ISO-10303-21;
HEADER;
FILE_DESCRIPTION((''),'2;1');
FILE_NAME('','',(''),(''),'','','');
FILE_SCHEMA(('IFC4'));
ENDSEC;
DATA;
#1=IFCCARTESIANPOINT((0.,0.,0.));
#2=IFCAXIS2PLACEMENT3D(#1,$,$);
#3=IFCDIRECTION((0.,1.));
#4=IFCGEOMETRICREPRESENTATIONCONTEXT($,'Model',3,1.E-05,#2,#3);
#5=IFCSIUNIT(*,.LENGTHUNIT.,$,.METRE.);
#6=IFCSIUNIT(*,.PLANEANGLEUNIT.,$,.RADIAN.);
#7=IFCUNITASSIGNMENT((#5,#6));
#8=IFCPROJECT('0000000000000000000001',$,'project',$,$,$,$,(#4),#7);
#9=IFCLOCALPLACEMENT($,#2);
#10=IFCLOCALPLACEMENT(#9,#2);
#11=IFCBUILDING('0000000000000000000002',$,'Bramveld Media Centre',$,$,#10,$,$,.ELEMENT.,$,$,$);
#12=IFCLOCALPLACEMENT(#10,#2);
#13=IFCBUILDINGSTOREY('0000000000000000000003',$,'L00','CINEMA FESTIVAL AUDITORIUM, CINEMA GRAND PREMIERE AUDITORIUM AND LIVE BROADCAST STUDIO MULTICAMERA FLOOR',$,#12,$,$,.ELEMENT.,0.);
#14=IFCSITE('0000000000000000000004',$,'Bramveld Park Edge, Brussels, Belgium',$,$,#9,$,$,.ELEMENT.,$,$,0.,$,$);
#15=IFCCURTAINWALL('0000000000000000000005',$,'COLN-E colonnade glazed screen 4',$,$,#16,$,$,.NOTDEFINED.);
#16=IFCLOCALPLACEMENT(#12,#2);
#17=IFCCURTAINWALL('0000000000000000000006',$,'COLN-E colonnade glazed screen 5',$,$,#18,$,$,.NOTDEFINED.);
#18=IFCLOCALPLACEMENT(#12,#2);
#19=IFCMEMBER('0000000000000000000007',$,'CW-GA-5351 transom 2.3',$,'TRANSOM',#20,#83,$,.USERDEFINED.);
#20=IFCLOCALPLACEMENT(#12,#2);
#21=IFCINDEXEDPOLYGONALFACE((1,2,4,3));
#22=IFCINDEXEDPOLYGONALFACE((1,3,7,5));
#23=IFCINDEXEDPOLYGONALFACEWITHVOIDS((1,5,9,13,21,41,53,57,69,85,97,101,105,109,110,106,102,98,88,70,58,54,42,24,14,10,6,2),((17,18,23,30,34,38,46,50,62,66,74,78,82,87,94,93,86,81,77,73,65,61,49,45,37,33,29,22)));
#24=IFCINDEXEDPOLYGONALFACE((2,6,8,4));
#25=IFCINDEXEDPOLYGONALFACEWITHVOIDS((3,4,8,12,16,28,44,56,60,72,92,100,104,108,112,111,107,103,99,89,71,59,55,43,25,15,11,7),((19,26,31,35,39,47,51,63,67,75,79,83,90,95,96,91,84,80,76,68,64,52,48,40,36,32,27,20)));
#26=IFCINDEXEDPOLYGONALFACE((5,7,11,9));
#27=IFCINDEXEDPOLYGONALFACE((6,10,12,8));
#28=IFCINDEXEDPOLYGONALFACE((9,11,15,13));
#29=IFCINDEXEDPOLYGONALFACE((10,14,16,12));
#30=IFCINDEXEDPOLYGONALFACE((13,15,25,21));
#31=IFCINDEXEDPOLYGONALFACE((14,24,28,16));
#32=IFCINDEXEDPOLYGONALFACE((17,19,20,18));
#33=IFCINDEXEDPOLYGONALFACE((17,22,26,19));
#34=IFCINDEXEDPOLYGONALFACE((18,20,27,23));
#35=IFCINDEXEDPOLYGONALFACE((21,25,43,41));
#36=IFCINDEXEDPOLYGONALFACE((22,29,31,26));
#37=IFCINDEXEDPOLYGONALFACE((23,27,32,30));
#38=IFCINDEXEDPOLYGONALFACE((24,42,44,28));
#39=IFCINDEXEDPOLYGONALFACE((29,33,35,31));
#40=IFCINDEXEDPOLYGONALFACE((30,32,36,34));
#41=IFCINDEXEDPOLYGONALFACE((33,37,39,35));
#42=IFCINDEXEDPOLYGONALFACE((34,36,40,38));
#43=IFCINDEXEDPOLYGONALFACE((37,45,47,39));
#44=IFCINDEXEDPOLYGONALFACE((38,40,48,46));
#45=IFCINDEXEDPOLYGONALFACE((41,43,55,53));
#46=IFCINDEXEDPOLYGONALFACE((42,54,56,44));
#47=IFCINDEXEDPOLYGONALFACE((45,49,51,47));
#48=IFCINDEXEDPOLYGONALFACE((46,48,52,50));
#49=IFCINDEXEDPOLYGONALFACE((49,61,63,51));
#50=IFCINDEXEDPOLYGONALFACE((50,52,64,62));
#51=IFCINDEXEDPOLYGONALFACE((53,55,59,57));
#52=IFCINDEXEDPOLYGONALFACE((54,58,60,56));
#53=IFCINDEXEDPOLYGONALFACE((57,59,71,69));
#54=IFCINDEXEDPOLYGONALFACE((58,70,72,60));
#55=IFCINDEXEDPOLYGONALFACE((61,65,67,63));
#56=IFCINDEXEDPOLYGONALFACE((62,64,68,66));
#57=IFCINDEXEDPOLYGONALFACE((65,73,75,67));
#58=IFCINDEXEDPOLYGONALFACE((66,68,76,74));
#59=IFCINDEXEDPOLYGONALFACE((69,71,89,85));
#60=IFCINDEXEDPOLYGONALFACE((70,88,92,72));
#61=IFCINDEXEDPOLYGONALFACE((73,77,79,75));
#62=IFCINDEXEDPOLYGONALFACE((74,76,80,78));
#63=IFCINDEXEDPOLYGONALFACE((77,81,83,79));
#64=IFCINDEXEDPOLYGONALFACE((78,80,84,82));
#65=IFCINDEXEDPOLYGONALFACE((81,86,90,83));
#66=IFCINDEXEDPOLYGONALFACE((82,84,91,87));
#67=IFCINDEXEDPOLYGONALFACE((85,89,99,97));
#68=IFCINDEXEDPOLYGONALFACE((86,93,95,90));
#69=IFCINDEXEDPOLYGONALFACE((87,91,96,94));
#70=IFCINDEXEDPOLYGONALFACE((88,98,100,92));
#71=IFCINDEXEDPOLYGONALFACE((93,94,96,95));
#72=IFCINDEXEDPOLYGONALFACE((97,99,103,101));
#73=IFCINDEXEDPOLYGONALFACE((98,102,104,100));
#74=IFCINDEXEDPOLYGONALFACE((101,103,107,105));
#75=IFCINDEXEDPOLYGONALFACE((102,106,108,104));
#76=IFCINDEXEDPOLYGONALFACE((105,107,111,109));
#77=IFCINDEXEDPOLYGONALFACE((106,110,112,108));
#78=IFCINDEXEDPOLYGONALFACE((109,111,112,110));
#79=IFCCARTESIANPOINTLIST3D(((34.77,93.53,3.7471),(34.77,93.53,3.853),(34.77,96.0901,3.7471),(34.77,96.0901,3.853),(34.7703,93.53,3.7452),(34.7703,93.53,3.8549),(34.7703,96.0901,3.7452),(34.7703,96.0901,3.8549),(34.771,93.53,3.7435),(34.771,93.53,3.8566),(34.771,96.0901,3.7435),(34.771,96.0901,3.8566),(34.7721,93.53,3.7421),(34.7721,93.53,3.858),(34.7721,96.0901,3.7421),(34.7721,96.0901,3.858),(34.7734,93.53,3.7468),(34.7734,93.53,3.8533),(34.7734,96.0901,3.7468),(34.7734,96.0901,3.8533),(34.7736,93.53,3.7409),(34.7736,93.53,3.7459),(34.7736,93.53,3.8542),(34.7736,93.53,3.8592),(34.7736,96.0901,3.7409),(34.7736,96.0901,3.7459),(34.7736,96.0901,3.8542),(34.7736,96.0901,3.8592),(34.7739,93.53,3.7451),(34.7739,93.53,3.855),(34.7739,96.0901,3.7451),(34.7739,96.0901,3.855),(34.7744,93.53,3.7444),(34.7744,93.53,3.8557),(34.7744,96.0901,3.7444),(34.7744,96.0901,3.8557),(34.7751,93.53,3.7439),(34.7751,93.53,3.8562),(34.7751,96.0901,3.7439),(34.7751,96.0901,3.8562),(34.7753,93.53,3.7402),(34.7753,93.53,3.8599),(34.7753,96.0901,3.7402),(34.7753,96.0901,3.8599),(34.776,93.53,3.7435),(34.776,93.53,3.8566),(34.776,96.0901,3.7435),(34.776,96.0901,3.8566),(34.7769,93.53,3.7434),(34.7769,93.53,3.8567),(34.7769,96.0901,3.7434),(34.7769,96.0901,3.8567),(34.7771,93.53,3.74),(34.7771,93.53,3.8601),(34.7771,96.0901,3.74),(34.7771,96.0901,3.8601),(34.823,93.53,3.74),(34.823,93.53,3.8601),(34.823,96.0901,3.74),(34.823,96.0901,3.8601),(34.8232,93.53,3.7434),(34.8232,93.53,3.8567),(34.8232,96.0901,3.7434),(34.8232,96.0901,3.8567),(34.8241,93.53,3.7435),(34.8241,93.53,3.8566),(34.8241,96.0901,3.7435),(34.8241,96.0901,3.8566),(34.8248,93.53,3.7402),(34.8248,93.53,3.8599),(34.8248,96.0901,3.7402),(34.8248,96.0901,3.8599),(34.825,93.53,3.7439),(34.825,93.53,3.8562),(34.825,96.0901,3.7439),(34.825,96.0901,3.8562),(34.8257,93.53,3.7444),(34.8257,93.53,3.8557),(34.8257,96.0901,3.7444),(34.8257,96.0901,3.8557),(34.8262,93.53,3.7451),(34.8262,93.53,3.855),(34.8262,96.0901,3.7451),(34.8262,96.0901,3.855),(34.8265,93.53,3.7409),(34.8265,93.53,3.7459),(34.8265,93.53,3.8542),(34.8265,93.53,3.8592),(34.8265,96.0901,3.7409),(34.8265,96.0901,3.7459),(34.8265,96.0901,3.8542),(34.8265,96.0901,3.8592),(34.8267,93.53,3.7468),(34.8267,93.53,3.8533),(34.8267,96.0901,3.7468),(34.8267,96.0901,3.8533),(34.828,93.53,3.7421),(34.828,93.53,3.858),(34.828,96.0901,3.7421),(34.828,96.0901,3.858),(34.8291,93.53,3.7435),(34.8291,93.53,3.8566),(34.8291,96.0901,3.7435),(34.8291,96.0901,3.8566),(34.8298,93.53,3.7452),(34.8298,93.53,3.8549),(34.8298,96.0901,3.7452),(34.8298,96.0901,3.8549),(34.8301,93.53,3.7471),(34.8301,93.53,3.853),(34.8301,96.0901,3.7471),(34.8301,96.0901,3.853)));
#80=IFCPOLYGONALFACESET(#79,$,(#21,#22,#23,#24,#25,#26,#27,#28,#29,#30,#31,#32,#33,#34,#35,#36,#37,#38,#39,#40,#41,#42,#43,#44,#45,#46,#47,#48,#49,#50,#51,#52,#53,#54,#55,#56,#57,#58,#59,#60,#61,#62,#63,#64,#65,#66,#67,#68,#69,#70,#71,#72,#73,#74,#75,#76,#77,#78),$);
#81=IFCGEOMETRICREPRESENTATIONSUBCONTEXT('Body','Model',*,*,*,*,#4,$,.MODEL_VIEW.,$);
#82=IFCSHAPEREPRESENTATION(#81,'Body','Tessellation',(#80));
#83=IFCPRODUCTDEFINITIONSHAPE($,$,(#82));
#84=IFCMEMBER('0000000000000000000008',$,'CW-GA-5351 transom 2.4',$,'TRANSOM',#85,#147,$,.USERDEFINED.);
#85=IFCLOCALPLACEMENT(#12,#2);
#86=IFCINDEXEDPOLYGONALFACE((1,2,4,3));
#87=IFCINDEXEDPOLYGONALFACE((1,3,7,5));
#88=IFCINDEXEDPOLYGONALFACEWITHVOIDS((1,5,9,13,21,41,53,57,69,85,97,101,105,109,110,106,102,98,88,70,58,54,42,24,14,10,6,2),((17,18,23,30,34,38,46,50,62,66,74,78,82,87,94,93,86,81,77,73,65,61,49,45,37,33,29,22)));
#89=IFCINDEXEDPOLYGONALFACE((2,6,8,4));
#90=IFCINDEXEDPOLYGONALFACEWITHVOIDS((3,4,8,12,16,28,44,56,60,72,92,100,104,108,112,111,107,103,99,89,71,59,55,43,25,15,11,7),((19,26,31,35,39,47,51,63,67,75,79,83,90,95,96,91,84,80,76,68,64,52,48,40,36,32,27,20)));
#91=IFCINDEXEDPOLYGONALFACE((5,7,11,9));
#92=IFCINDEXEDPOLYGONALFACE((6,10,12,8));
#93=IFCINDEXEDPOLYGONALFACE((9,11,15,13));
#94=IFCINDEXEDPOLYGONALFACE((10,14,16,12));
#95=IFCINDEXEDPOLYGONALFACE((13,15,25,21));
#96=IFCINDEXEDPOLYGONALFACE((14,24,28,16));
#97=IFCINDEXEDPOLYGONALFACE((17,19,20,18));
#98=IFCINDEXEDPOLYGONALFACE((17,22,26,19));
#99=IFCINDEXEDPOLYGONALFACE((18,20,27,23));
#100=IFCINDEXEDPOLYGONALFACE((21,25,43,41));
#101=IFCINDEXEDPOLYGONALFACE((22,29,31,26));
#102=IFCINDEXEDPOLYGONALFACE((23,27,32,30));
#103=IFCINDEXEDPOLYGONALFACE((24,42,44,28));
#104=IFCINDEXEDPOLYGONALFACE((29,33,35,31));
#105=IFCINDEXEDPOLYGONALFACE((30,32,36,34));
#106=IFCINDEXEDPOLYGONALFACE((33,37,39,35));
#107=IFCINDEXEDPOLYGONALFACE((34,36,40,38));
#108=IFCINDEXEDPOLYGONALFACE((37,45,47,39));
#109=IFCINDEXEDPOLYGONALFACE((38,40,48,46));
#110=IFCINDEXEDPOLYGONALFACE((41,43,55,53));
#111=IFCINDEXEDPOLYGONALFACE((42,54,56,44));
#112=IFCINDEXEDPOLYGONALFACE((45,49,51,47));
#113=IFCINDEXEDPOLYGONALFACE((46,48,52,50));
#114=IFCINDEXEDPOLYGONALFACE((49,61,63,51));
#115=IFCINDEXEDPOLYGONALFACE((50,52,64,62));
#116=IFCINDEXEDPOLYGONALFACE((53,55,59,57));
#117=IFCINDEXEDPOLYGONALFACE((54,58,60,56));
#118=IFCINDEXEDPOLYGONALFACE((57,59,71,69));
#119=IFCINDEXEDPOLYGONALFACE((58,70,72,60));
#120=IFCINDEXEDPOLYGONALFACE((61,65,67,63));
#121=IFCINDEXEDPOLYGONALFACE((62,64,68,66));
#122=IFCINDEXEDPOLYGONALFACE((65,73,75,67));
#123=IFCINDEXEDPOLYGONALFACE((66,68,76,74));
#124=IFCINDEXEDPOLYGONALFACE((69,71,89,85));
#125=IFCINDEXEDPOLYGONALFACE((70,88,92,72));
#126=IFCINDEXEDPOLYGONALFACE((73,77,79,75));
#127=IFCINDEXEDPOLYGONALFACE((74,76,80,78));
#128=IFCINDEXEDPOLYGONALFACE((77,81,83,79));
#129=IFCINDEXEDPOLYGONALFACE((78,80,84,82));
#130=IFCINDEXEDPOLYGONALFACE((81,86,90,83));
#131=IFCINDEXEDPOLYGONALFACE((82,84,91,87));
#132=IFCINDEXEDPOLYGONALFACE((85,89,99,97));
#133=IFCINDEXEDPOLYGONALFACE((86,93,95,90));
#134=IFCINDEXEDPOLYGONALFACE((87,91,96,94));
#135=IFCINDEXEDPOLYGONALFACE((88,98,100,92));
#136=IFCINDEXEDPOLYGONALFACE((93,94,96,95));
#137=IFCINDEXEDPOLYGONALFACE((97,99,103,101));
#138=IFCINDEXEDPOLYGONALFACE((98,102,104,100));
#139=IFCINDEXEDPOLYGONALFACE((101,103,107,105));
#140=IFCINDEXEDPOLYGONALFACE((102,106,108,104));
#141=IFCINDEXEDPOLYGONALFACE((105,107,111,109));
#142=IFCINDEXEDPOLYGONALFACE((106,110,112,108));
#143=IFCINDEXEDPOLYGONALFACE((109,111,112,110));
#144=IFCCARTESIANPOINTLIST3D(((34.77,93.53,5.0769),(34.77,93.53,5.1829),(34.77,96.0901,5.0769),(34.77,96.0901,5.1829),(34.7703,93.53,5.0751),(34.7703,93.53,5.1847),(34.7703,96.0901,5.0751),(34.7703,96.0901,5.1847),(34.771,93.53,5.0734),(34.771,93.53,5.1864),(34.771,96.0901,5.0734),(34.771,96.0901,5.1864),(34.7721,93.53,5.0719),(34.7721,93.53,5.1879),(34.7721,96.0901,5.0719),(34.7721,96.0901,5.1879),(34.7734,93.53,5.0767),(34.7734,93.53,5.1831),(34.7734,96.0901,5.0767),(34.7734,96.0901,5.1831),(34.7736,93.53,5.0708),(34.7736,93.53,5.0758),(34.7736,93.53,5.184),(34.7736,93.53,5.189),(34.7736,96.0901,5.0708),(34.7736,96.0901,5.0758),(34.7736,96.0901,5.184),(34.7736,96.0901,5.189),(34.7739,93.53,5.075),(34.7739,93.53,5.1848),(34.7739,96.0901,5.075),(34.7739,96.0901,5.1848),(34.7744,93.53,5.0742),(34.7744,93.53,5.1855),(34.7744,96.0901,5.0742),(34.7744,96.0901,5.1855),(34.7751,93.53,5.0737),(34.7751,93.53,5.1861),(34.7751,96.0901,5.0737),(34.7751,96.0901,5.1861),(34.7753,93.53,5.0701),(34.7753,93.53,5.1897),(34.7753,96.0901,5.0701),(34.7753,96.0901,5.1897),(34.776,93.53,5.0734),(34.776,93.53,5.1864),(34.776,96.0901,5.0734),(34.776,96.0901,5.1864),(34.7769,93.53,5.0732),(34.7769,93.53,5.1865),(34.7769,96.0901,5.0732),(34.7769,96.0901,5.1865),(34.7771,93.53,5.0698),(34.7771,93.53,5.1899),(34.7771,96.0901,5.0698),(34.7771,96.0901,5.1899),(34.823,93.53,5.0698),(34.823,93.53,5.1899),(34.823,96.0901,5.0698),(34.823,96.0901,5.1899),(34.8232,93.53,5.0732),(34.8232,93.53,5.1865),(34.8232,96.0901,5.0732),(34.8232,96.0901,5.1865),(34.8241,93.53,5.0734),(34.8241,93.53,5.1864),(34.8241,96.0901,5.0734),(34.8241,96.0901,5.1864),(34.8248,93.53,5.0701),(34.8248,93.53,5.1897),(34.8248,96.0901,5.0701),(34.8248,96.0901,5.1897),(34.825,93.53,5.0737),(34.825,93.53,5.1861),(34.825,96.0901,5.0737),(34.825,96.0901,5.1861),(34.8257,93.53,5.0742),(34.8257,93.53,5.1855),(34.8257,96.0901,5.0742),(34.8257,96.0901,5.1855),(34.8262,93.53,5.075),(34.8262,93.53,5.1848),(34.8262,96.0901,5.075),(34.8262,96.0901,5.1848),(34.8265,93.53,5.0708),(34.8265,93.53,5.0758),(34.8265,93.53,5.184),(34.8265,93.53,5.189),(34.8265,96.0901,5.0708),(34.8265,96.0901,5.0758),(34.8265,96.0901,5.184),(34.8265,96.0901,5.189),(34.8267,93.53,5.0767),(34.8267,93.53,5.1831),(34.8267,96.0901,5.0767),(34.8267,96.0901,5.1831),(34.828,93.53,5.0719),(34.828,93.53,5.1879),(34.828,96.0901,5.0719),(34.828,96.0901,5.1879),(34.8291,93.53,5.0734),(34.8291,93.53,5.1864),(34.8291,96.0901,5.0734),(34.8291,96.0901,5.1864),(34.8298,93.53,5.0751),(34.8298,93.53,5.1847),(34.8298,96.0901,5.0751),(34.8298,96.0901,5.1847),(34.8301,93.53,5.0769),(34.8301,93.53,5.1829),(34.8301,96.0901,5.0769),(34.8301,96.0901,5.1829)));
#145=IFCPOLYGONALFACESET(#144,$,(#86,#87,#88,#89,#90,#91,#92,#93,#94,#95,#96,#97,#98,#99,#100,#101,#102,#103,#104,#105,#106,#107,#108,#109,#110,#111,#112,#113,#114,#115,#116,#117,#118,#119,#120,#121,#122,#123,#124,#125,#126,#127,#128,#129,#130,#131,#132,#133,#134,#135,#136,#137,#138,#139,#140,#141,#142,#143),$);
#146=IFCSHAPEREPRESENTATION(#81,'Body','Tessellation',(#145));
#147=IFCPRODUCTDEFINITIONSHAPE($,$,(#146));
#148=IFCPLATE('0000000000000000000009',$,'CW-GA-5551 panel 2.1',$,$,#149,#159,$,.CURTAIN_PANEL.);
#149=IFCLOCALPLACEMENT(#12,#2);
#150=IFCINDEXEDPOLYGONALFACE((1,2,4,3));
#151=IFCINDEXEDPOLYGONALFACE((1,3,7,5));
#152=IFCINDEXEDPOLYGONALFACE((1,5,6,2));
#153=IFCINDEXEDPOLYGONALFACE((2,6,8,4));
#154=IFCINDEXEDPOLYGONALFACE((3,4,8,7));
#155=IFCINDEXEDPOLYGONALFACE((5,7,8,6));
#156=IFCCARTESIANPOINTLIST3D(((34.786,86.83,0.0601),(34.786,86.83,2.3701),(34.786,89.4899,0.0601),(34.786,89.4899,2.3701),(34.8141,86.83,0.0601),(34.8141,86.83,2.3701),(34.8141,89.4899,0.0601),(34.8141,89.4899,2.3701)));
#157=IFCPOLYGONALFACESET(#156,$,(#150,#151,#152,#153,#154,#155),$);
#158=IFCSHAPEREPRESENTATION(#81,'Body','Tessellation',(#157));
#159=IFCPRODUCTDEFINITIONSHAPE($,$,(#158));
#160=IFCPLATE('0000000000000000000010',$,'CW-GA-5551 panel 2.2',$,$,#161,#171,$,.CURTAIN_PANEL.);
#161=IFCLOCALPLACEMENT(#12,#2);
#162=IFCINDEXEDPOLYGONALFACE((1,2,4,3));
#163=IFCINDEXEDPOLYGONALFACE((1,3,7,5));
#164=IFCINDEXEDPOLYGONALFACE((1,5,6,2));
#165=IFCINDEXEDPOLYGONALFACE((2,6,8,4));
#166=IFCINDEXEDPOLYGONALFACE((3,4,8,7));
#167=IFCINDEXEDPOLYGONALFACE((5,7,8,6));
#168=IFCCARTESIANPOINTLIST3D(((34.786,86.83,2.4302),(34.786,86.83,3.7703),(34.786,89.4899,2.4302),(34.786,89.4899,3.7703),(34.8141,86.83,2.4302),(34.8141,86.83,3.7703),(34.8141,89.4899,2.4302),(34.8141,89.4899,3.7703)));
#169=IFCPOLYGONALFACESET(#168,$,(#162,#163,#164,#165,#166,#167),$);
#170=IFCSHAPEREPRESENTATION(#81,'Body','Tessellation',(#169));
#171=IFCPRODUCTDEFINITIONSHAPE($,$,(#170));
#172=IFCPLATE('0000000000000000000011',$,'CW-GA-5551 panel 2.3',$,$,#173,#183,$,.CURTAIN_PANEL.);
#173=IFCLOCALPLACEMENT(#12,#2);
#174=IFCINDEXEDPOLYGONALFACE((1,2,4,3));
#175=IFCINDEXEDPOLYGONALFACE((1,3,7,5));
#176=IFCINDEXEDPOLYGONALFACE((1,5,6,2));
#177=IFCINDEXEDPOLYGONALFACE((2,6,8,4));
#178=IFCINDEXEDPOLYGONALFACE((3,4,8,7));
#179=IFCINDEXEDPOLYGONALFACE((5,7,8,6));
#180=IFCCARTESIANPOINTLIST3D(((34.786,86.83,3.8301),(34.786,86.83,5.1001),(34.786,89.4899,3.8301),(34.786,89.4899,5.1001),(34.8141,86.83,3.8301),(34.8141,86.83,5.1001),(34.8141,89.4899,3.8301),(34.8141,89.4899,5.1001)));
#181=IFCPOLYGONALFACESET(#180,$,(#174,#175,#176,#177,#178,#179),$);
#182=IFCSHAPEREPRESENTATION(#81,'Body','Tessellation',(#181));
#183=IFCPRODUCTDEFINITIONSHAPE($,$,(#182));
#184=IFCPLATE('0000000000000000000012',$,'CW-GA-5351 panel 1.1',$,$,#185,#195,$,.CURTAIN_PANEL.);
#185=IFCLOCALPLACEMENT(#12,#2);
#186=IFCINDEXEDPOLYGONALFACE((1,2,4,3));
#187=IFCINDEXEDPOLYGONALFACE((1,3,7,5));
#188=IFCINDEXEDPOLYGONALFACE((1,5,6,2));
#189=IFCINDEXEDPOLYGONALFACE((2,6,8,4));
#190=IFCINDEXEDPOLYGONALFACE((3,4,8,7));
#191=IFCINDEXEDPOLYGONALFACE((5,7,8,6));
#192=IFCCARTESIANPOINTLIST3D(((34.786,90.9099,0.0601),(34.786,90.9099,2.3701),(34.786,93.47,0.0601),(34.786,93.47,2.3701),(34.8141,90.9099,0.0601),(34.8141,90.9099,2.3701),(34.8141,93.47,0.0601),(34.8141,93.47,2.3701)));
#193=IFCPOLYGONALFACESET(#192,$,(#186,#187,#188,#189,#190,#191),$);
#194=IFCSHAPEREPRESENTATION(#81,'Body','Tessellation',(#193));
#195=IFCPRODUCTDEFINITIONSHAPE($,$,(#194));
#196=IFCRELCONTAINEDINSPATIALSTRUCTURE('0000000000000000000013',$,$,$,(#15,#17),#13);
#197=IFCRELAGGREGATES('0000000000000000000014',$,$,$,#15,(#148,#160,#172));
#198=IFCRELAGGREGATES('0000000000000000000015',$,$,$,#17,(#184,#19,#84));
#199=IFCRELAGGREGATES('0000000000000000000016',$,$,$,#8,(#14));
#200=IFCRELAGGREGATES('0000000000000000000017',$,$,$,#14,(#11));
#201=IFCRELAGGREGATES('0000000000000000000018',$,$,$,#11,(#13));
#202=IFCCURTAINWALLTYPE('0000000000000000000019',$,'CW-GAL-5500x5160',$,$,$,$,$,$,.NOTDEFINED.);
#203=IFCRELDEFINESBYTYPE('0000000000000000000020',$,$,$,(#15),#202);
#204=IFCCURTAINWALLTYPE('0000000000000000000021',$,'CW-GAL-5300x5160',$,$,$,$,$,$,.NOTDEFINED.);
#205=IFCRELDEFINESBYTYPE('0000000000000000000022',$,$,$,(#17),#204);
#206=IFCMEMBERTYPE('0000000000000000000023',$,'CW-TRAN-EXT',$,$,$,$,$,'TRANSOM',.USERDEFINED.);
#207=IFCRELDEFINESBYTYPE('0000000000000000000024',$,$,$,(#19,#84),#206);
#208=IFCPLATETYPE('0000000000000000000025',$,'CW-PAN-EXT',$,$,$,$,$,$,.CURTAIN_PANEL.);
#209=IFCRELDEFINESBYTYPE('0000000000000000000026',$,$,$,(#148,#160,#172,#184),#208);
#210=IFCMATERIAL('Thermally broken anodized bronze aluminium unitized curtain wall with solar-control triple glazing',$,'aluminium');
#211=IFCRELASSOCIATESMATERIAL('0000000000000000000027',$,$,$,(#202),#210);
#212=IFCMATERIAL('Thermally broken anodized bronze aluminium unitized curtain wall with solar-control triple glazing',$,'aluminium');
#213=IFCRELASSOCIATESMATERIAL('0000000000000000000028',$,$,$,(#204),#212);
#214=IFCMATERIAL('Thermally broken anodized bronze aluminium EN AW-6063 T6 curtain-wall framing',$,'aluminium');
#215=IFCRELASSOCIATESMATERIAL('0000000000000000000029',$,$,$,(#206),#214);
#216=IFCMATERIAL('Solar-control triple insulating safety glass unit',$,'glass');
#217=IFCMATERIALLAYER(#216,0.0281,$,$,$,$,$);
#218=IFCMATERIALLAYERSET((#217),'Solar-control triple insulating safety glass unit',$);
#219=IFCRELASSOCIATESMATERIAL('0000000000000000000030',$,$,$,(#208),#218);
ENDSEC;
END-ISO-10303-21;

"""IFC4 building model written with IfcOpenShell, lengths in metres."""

from ifc_helpers import new_model, si_unit, direction, frame, origin, origin_2d, place, context, subcontext, project, spatial, rectangle, hollow_rectangle, extrude, material, layer, layer_set, material_profile, profile_set, type_object, element, aggregate, save


model = new_model("IFC4")

# Units and contexts
model_context = context("Model", 3, precision=1e-05, world=origin(), true_north=direction((0.0, 1.0)))
body_context = subcontext(model_context, "Body", "Model", "MODEL_VIEW")
ifc_project = project(units=[si_unit("LENGTHUNIT", "METRE"), si_unit("PLANEANGLEUNIT", "RADIAN")], contexts=[model_context])

# Site, building, storey
site_placement = place(None, origin())
site = spatial("IfcSite", under=ifc_project, at=site_placement, Name="Bramveld Park Edge, Brussels, Belgium", CompositionType="ELEMENT", RefElevation=0.0)
building_placement = place(site_placement, origin())
building = spatial("IfcBuilding", under=site, at=building_placement, Name="Bramveld Media Centre", CompositionType="ELEMENT")
storey_placement = place(building_placement, origin())
storey = spatial("IfcBuildingStorey", under=building, at=storey_placement, Name="L00", Description="CINEMA FESTIVAL AUDITORIUM, CINEMA GRAND PREMIERE AUDITORIUM AND LIVE BROADCAST STUDIO MULTICAMERA FLOOR", CompositionType="ELEMENT", Elevation=0.0)

# Curtain wall
ifc_material_1 = material(Name="Thermally broken anodized bronze aluminium unitized curtain wall with solar-control triple glazing", Category="aluminium")
curtain_wall_type_1 = type_object("IfcCurtainWallType", Name="CW-GAL-5500x5160", PredefinedType="NOTDEFINED", material=ifc_material_1)
curtain_wall_1_placement = place(storey_placement, origin())
curtain_wall_1 = element("IfcCurtainWall", 1, at=curtain_wall_1_placement, inside=storey, type_object=curtain_wall_type_1, Name="COLN-E colonnade glazed screen 4", PredefinedType="NOTDEFINED")

# Curtain wall
ifc_material_2 = material(Name="Thermally broken anodized bronze aluminium unitized curtain wall with solar-control triple glazing", Category="aluminium")
curtain_wall_type_2 = type_object("IfcCurtainWallType", Name="CW-GAL-5300x5160", PredefinedType="NOTDEFINED", material=ifc_material_2)
curtain_wall_2_placement = place(storey_placement, origin())
curtain_wall_2 = element("IfcCurtainWall", 2, at=curtain_wall_2_placement, inside=storey, type_object=curtain_wall_type_2, Name="COLN-E colonnade glazed screen 5", PredefinedType="NOTDEFINED")

# Members
ifc_material_3 = material(Name="Thermally broken anodized bronze aluminium EN AW-6063 T6 curtain-wall framing", Category="aluminium")
ifc_material_profile_1 = material_profile(ifc_material_3, hollow_rectangle(XDim=0.0601, YDim=0.1201, WallThickness=0.0034, InnerFilletRadius=0.0034, OuterFilletRadius=0.0071, at=origin_2d()), Name="AL-TRAN 60x120")
ifc_profile_set_1 = profile_set([ifc_material_profile_1], Name="Thermally broken anodized bronze aluminium EN AW-6063 T6 curtain-wall framing")
member_type_1 = type_object("IfcMemberType", Name="CW-TRAN-EXT", ElementType="TRANSOM", PredefinedType="USERDEFINED", material=ifc_profile_set_1)
member_1_placement = place(storey_placement, frame((34.8, 93.53, 3.8), z_axis=(0.0, 1.0, 0.0), x_axis=(-1.0, 0.0, 0.0)))
member_1 = element("IfcMember", 3, at=member_1_placement, type_object=member_type_1, Name="CW-GA-5351 transom 2.3", ObjectType="TRANSOM", PredefinedType="USERDEFINED", context=body_context, shape_type="SweptSolid", body=[
    extrude(hollow_rectangle(XDim=0.0601, YDim=0.1201, WallThickness=0.0034, InnerFilletRadius=0.0034, OuterFilletRadius=0.0071, at=origin_2d()), origin(), (0.0, 0.0, 1.0), 2.5601),
])
member_2_placement = place(storey_placement, frame((34.8, 93.53, 5.1299), z_axis=(0.0, 1.0, 0.0), x_axis=(-1.0, 0.0, 0.0)))
member_2 = element("IfcMember", 4, at=member_2_placement, type_object=member_type_1, Name="CW-GA-5351 transom 2.4", ObjectType="TRANSOM", PredefinedType="USERDEFINED", context=body_context, shape_type="SweptSolid", body=[
    extrude(hollow_rectangle(XDim=0.0601, YDim=0.1201, WallThickness=0.0034, InnerFilletRadius=0.0034, OuterFilletRadius=0.0071, at=origin_2d()), origin(), (0.0, 0.0, 1.0), 2.5601),
])

# Plates
ifc_material_4 = material(Name="Solar-control triple insulating safety glass unit", Category="glass")
ifc_layer = layer(ifc_material_4, 0.0281)
ifc_layer_set = layer_set([ifc_layer], Name="Solar-control triple insulating safety glass unit")
plate_type = type_object("IfcPlateType", Name="CW-PAN-EXT", PredefinedType="CURTAIN_PANEL", material=ifc_layer_set)
plate_1_placement = place(storey_placement, frame((34.8, 88.1599, 0.0601), z_axis=(0.0, 0.0, 1.0), x_axis=(0.0, 1.0, 0.0)))
plate_1 = element("IfcPlate", 5, at=plate_1_placement, type_object=plate_type, Name="CW-GA-5551 panel 2.1", PredefinedType="CURTAIN_PANEL", context=body_context, shape_type="SweptSolid", body=[
    extrude(rectangle(XDim=2.6599, YDim=0.0281, at=origin_2d()), origin(), (0.0, 0.0, 1.0), 2.3101),
])
plate_2_placement = place(storey_placement, frame((34.8, 88.1599, 2.4302), z_axis=(0.0, 0.0, 1.0), x_axis=(0.0, 1.0, 0.0)))
plate_2 = element("IfcPlate", 6, at=plate_2_placement, type_object=plate_type, Name="CW-GA-5551 panel 2.2", PredefinedType="CURTAIN_PANEL", context=body_context, shape_type="SweptSolid", body=[
    extrude(rectangle(XDim=2.6599, YDim=0.0281, at=origin_2d()), origin(), (0.0, 0.0, 1.0), 1.3401),
])
plate_3_placement = place(storey_placement, frame((34.8, 88.1599, 3.8301), z_axis=(0.0, 0.0, 1.0), x_axis=(0.0, 1.0, 0.0)))
plate_3 = element("IfcPlate", 7, at=plate_3_placement, type_object=plate_type, Name="CW-GA-5551 panel 2.3", PredefinedType="CURTAIN_PANEL", context=body_context, shape_type="SweptSolid", body=[
    extrude(rectangle(XDim=2.6599, YDim=0.0281, at=origin_2d()), origin(), (0.0, 0.0, 1.0), 1.27),
])
aggregate(curtain_wall_1, [plate_1, plate_2, plate_3])
plate_4_placement = place(storey_placement, frame((34.8, 92.1899, 0.0601), z_axis=(0.0, 0.0, 1.0), x_axis=(0.0, 1.0, 0.0)))
plate_4 = element("IfcPlate", 8, at=plate_4_placement, type_object=plate_type, Name="CW-GA-5351 panel 1.1", PredefinedType="CURTAIN_PANEL", context=body_context, shape_type="SweptSolid", body=[
    extrude(rectangle(XDim=2.5601, YDim=0.0281, at=origin_2d()), origin(), (0.0, 0.0, 1.0), 2.3101),
])
aggregate(curtain_wall_2, [plate_4, member_1, member_2])

save(model, "model.ifc")
